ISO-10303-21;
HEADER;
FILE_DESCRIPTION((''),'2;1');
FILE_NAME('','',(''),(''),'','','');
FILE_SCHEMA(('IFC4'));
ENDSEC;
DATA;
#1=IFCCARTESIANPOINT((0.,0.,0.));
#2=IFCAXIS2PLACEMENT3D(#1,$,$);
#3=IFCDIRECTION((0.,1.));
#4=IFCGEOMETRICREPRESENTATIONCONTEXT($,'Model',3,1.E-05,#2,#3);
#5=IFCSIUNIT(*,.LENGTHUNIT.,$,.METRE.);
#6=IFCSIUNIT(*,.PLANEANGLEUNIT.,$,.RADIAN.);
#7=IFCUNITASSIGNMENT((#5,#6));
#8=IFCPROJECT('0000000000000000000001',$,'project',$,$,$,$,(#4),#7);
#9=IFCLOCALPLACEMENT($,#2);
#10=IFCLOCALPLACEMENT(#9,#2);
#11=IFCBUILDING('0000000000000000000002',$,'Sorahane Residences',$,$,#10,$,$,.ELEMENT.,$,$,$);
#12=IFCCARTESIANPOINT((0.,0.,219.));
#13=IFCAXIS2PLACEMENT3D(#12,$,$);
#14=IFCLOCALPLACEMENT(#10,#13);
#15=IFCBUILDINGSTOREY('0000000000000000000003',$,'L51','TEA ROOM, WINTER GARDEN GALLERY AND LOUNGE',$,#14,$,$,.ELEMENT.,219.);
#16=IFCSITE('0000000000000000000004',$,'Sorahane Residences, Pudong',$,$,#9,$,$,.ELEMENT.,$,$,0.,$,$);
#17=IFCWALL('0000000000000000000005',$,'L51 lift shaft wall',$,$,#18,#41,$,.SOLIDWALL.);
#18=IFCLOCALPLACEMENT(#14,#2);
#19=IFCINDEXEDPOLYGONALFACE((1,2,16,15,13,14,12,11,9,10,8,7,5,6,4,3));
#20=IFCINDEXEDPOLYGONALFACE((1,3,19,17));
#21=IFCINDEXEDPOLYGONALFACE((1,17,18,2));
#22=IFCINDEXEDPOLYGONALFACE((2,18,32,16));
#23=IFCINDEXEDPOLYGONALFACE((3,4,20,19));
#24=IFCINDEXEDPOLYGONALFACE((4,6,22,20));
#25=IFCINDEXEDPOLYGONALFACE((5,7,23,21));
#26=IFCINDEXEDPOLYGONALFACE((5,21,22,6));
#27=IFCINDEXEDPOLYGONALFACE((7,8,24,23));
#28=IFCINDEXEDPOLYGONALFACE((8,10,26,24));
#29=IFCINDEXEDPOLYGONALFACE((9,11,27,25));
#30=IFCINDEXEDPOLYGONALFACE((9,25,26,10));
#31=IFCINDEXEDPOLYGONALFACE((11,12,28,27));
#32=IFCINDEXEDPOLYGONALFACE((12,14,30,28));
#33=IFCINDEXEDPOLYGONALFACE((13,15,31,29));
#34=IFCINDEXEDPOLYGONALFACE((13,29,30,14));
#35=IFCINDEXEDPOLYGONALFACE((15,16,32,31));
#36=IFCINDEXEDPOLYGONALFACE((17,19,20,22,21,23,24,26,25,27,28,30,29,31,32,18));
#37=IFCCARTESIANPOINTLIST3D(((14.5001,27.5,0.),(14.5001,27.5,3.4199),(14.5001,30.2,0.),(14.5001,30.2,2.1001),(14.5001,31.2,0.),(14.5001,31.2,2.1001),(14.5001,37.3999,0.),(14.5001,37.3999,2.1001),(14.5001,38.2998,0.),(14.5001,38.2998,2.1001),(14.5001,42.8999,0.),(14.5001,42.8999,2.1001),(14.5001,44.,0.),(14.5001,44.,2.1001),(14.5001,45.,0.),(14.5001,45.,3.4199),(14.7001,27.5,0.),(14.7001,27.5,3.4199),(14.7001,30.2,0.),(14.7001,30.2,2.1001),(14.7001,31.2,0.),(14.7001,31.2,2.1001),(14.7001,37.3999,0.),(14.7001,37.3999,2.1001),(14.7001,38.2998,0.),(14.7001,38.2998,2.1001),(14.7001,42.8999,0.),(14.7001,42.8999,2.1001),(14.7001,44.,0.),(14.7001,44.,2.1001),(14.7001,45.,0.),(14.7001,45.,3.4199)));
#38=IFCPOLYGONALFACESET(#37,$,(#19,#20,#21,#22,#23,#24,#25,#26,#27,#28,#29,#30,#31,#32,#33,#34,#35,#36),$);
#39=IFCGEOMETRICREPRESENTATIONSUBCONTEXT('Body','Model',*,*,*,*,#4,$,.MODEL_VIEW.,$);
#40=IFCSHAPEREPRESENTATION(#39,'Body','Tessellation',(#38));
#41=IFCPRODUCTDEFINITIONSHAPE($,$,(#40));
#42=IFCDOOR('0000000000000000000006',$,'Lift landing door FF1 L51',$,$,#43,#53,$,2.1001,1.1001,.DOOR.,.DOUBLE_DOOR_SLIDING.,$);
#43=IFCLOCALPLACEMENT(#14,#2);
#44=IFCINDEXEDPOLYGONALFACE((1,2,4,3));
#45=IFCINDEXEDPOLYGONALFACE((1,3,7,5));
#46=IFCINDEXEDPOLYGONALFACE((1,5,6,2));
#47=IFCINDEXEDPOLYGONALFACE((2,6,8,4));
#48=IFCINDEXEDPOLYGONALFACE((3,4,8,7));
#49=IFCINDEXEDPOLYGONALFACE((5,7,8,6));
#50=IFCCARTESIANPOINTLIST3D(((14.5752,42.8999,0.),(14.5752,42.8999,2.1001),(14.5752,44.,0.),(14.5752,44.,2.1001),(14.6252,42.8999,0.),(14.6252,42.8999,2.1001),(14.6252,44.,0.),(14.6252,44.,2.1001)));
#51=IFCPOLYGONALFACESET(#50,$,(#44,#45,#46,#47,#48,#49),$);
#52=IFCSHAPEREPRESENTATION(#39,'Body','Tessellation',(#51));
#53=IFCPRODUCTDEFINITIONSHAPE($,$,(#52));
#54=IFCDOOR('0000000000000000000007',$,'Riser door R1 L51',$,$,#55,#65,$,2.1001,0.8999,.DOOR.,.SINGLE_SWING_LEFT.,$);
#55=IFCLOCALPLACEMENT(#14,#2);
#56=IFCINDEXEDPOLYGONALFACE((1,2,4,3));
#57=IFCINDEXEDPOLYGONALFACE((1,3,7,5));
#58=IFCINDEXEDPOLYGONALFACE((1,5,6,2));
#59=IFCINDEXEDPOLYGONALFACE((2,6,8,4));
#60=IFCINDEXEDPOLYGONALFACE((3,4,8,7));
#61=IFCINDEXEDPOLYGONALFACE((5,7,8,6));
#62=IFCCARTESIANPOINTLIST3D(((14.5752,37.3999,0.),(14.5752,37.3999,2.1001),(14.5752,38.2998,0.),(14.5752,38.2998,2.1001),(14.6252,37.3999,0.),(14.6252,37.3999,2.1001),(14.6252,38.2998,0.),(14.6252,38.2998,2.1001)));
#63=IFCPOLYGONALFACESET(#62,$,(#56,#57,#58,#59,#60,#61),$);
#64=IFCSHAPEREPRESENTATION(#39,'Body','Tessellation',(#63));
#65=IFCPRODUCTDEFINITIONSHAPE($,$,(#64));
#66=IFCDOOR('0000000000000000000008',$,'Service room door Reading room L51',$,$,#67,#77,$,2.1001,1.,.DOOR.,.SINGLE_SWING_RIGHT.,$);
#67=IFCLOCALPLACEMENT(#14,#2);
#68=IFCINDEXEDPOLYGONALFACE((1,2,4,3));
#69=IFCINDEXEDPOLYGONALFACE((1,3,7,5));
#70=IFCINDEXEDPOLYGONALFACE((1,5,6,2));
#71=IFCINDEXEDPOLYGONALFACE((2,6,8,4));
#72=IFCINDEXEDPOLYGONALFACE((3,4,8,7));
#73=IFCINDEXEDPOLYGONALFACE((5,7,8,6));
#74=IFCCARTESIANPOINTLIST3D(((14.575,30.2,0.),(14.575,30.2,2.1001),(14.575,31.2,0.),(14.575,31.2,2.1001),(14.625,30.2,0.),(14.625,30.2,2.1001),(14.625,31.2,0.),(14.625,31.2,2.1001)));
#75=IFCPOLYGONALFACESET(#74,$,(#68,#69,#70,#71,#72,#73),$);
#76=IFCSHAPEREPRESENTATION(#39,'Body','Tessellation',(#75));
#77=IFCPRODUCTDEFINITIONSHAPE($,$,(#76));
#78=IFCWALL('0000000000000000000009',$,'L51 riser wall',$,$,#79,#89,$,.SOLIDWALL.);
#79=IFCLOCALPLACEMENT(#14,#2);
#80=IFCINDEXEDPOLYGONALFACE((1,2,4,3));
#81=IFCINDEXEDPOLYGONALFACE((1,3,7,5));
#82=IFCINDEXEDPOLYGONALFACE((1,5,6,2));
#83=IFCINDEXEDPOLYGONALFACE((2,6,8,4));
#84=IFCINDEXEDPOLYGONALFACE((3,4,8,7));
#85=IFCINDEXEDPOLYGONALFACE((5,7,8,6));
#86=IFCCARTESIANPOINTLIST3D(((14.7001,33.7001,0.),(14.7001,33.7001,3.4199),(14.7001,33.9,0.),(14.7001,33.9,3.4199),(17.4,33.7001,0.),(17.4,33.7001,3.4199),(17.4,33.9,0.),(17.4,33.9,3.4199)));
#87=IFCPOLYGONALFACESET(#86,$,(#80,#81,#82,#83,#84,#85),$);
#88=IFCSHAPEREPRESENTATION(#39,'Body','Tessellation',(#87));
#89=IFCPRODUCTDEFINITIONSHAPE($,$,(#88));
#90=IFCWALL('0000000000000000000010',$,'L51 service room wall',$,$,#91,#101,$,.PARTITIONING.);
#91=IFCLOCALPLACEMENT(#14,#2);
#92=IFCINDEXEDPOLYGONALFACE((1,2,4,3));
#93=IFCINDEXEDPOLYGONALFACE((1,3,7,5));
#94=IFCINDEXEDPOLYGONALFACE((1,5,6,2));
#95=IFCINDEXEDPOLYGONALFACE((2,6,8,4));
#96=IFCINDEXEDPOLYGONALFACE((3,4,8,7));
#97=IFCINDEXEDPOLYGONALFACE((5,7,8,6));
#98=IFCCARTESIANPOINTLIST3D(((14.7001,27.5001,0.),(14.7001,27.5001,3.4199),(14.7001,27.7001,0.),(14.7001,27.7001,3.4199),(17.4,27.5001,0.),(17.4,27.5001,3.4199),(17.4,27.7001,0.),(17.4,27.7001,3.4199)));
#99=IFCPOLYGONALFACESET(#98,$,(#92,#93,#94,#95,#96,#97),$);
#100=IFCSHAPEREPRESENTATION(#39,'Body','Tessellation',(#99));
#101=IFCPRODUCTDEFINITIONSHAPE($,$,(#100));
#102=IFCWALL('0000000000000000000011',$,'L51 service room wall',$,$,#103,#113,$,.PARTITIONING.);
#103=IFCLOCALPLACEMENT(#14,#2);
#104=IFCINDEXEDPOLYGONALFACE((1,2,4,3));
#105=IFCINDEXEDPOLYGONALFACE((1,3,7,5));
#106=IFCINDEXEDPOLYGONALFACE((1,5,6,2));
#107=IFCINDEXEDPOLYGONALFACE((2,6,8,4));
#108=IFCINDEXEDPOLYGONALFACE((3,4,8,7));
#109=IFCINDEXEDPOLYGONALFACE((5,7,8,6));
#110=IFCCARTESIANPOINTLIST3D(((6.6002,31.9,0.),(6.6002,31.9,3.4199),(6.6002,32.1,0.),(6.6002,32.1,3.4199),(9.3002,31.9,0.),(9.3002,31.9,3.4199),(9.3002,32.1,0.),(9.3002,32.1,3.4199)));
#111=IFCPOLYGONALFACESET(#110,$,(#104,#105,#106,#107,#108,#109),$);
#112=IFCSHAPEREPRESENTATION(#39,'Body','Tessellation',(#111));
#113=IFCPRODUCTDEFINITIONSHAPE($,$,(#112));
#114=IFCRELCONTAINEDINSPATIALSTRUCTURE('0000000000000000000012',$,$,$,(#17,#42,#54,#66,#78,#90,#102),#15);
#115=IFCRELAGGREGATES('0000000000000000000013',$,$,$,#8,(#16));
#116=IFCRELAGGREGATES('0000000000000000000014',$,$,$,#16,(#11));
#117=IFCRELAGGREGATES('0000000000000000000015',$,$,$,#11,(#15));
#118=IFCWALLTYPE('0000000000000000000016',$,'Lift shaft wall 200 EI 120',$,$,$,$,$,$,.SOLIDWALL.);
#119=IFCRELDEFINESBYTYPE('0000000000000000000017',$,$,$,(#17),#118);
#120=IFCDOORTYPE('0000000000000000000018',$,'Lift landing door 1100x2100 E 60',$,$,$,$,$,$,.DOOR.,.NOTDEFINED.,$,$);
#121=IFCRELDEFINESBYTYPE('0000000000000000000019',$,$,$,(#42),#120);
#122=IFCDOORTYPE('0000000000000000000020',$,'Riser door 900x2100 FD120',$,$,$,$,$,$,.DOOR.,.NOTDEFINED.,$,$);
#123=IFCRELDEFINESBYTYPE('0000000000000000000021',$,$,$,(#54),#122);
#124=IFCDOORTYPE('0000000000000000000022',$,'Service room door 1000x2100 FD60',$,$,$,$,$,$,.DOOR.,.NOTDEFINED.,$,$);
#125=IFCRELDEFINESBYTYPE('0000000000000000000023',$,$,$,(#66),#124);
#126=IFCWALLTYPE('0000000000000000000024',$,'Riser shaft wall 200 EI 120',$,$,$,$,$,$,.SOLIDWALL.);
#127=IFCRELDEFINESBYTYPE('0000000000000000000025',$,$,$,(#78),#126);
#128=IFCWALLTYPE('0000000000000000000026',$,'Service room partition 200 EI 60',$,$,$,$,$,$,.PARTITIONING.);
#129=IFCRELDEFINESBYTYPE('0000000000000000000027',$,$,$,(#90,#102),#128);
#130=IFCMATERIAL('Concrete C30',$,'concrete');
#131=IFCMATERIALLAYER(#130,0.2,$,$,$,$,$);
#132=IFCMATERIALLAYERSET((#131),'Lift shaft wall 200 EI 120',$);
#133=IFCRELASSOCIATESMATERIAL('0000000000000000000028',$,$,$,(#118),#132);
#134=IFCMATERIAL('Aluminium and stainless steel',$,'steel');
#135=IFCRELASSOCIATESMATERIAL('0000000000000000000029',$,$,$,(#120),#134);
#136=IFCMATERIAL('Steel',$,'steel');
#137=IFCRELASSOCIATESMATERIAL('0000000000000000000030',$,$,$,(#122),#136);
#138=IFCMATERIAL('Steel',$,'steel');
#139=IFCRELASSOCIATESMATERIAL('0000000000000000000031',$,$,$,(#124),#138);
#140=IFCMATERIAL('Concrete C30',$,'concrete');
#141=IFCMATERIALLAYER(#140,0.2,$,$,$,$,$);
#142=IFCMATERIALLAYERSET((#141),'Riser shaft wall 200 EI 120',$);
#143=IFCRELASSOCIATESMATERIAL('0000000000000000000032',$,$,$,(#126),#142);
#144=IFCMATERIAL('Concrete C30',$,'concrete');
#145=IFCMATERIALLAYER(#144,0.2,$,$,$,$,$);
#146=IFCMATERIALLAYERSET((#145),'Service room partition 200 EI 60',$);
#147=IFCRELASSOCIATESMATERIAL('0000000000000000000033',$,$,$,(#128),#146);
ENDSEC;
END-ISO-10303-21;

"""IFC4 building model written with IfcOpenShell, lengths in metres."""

from ifc_helpers import new_model, si_unit, direction, frame, frame_2d, origin, place, context, subcontext, project, spatial, rectangle, extrude, material, layer, layer_set, type_object, element, fill, save


model = new_model("IFC4")

# Units and contexts
model_context = context("Model", 3, precision=1e-05, world=origin(), true_north=direction((0.0, 1.0)))
body_context = subcontext(model_context, "Body", "Model", "MODEL_VIEW")
ifc_project = project(units=[si_unit("LENGTHUNIT", "METRE"), si_unit("PLANEANGLEUNIT", "RADIAN")], contexts=[model_context])

# Site, building, storey
site_placement = place(None, origin())
site = spatial("IfcSite", under=ifc_project, at=site_placement, Name="Sorahane Residences, Pudong", CompositionType="ELEMENT", RefElevation=0.0)
building_placement = place(site_placement, origin())
building = spatial("IfcBuilding", under=site, at=building_placement, Name="Sorahane Residences", CompositionType="ELEMENT")
storey_placement = place(building_placement, frame((0.0, 0.0, 219.0)))
storey = spatial("IfcBuildingStorey", under=building, at=storey_placement, Name="L51", Description="TEA ROOM, WINTER GARDEN GALLERY AND LOUNGE", CompositionType="ELEMENT", Elevation=219.0)

# Wall, openings, doors
ifc_material_1 = material(Name="Concrete C30", Category="concrete")
ifc_layer_1 = layer(ifc_material_1, 0.2)
ifc_layer_set_1 = layer_set([ifc_layer_1], Name="Lift shaft wall 200 EI 120")
wall_type_1 = type_object("IfcWallType", Name="Lift shaft wall 200 EI 120", PredefinedType="SOLIDWALL", material=ifc_layer_set_1)
wall_1_placement = place(storey_placement, frame((14.6001, 27.5, 0.0), z_axis=(0.0, 0.0, 1.0), x_axis=(0.0, 1.0, 0.0)))
wall_1 = element("IfcWall", 1, at=wall_1_placement, inside=storey, type_object=wall_type_1, Name="L51 lift shaft wall", PredefinedType="SOLIDWALL", context=body_context, shape_type="SweptSolid", body=[
    extrude(rectangle(XDim=17.5, YDim=0.2, at=frame_2d((8.75, 0.0))), origin(), (0.0, 0.0, 1.0), 3.4199),
])
opening_1_placement = place(wall_1_placement, frame((15.3999, 0.0, 0.0)))
opening_1 = element("IfcOpeningElement", 2, at=opening_1_placement, cuts=wall_1, PredefinedType="OPENING", context=body_context, shape_type="SweptSolid", body=[
    extrude(rectangle(XDim=1.1001, YDim=2.1001, at=frame_2d((0.55, 1.05))), frame((0.0, 0.1099, 0.0), z_axis=(0.0, -1.0, 0.0), x_axis=(1.0, 0.0, 0.0)), (0.0, 0.0, 1.0), 0.22),
])
opening_2_placement = place(wall_1_placement, frame((2.7, 0.0, 0.0)))
opening_2 = element("IfcOpeningElement", 3, at=opening_2_placement, cuts=wall_1, PredefinedType="OPENING", context=body_context, shape_type="SweptSolid", body=[
    extrude(rectangle(XDim=1.0, YDim=2.1001, at=frame_2d((0.5, 1.05))), frame((0.0, 0.1099, 0.0), z_axis=(0.0, -1.0, 0.0), x_axis=(1.0, 0.0, 0.0)), (0.0, 0.0, 1.0), 0.22),
])
opening_3_placement = place(wall_1_placement, frame((9.8999, 0.0, 0.0)))
opening_3 = element("IfcOpeningElement", 4, at=opening_3_placement, cuts=wall_1, PredefinedType="OPENING", context=body_context, shape_type="SweptSolid", body=[
    extrude(rectangle(XDim=0.8999, YDim=2.1001, at=frame_2d((0.45, 1.05))), frame((0.0, 0.1099, 0.0), z_axis=(0.0, -1.0, 0.0), x_axis=(1.0, 0.0, 0.0)), (0.0, 0.0, 1.0), 0.22),
])
ifc_material_2 = material(Name="Aluminium and stainless steel", Category="steel")
door_type_1 = type_object("IfcDoorType", Name="Lift landing door 1100x2100 E 60", OperationType="NOTDEFINED", PredefinedType="DOOR", material=ifc_material_2)
door_1_placement = place(opening_1_placement, origin())
door_1 = element("IfcDoor", 5, at=door_1_placement, inside=storey, type_object=door_type_1, Name="Lift landing door FF1 L51", OperationType="DOUBLE_DOOR_SLIDING", OverallHeight=2.1001, OverallWidth=1.1001, PredefinedType="DOOR", context=body_context, shape_type="SweptSolid", body=[
    extrude(rectangle(XDim=1.1001, YDim=2.1001, at=frame_2d((0.55, 1.05))), frame((0.0, 0.0249, 0.0), z_axis=(0.0, -1.0, 0.0), x_axis=(1.0, 0.0, 0.0)), (0.0, 0.0, 1.0), 0.05),
])
fill(opening_1, door_1)
ifc_material_3 = material(Name="Steel", Category="steel")
door_type_2 = type_object("IfcDoorType", Name="Riser door 900x2100 FD120", OperationType="NOTDEFINED", PredefinedType="DOOR", material=ifc_material_3)
door_2_placement = place(opening_3_placement, origin())
door_2 = element("IfcDoor", 6, at=door_2_placement, inside=storey, type_object=door_type_2, Name="Riser door R1 L51", OperationType="SINGLE_SWING_LEFT", OverallHeight=2.1001, OverallWidth=0.8999, PredefinedType="DOOR", context=body_context, shape_type="SweptSolid", body=[
    extrude(rectangle(XDim=0.8999, YDim=2.1001, at=frame_2d((0.45, 1.05))), frame((0.0, 0.0249, 0.0), z_axis=(0.0, -1.0, 0.0), x_axis=(1.0, 0.0, 0.0)), (0.0, 0.0, 1.0), 0.05),
])
fill(opening_3, door_2)
ifc_material_4 = material(Name="Steel", Category="steel")
door_type_3 = type_object("IfcDoorType", Name="Service room door 1000x2100 FD60", OperationType="NOTDEFINED", PredefinedType="DOOR", material=ifc_material_4)
door_3_placement = place(opening_2_placement, frame((1.0, 0.0, 0.0), z_axis=(0.0, 0.0, 1.0), x_axis=(-1.0, 0.0, 0.0)))
door_3 = element("IfcDoor", 7, at=door_3_placement, inside=storey, type_object=door_type_3, Name="Service room door Reading room L51", OperationType="SINGLE_SWING_RIGHT", OverallHeight=2.1001, OverallWidth=1.0, PredefinedType="DOOR", context=body_context, shape_type="SweptSolid", body=[
    extrude(rectangle(XDim=1.0, YDim=2.1001, at=frame_2d((0.5, 1.05))), frame((0.0, 0.0249, 0.0), z_axis=(0.0, -1.0, 0.0), x_axis=(1.0, 0.0, 0.0)), (0.0, 0.0, 1.0), 0.05),
])
fill(opening_2, door_3)

# Walls
ifc_material_5 = material(Name="Concrete C30", Category="concrete")
ifc_layer_2 = layer(ifc_material_5, 0.2)
ifc_layer_set_2 = layer_set([ifc_layer_2], Name="Riser shaft wall 200 EI 120")
wall_type_2 = type_object("IfcWallType", Name="Riser shaft wall 200 EI 120", PredefinedType="SOLIDWALL", material=ifc_layer_set_2)
wall_2_placement = place(storey_placement, frame((14.7, 33.8, 0.0), z_axis=(0.0, 0.0, 1.0), x_axis=(1.0, 0.0, 0.0)))
element("IfcWall", 8, at=wall_2_placement, inside=storey, type_object=wall_type_2, Name="L51 riser wall", PredefinedType="SOLIDWALL", context=body_context, shape_type="SweptSolid", body=[
    extrude(rectangle(XDim=2.7, YDim=0.2, at=frame_2d((1.3501, 0.0))), origin(), (0.0, 0.0, 1.0), 3.4199),
])
ifc_material_6 = material(Name="Concrete C30", Category="concrete")
ifc_layer_3 = layer(ifc_material_6, 0.2)
ifc_layer_set_3 = layer_set([ifc_layer_3], Name="Service room partition 200 EI 60")
wall_type_3 = type_object("IfcWallType", Name="Service room partition 200 EI 60", PredefinedType="PARTITIONING", material=ifc_layer_set_3)
for number, where, z_axis, x_axis, name in (
    (9, (14.7, 27.6001, 0.0), (0.0, 0.0, 1.0), (1.0, 0.0, 0.0), "L51 service room wall"),
    (10, (6.6001, 32.0, 0.0), (0.0, 0.0, 1.0), (1.0, 0.0, 0.0), "L51 service room wall"),
):
    element("IfcWall", number, at=place(storey_placement, frame(where, z_axis=z_axis, x_axis=x_axis)), inside=storey, type_object=wall_type_3, Name=name, PredefinedType="PARTITIONING", context=body_context, shape_type="SweptSolid", body=[
        extrude(rectangle(XDim=2.7, YDim=0.2, at=frame_2d((1.3501, 0.0))), origin(), (0.0, 0.0, 1.0), 3.4199),
    ])

save(model, "model.ifc")
